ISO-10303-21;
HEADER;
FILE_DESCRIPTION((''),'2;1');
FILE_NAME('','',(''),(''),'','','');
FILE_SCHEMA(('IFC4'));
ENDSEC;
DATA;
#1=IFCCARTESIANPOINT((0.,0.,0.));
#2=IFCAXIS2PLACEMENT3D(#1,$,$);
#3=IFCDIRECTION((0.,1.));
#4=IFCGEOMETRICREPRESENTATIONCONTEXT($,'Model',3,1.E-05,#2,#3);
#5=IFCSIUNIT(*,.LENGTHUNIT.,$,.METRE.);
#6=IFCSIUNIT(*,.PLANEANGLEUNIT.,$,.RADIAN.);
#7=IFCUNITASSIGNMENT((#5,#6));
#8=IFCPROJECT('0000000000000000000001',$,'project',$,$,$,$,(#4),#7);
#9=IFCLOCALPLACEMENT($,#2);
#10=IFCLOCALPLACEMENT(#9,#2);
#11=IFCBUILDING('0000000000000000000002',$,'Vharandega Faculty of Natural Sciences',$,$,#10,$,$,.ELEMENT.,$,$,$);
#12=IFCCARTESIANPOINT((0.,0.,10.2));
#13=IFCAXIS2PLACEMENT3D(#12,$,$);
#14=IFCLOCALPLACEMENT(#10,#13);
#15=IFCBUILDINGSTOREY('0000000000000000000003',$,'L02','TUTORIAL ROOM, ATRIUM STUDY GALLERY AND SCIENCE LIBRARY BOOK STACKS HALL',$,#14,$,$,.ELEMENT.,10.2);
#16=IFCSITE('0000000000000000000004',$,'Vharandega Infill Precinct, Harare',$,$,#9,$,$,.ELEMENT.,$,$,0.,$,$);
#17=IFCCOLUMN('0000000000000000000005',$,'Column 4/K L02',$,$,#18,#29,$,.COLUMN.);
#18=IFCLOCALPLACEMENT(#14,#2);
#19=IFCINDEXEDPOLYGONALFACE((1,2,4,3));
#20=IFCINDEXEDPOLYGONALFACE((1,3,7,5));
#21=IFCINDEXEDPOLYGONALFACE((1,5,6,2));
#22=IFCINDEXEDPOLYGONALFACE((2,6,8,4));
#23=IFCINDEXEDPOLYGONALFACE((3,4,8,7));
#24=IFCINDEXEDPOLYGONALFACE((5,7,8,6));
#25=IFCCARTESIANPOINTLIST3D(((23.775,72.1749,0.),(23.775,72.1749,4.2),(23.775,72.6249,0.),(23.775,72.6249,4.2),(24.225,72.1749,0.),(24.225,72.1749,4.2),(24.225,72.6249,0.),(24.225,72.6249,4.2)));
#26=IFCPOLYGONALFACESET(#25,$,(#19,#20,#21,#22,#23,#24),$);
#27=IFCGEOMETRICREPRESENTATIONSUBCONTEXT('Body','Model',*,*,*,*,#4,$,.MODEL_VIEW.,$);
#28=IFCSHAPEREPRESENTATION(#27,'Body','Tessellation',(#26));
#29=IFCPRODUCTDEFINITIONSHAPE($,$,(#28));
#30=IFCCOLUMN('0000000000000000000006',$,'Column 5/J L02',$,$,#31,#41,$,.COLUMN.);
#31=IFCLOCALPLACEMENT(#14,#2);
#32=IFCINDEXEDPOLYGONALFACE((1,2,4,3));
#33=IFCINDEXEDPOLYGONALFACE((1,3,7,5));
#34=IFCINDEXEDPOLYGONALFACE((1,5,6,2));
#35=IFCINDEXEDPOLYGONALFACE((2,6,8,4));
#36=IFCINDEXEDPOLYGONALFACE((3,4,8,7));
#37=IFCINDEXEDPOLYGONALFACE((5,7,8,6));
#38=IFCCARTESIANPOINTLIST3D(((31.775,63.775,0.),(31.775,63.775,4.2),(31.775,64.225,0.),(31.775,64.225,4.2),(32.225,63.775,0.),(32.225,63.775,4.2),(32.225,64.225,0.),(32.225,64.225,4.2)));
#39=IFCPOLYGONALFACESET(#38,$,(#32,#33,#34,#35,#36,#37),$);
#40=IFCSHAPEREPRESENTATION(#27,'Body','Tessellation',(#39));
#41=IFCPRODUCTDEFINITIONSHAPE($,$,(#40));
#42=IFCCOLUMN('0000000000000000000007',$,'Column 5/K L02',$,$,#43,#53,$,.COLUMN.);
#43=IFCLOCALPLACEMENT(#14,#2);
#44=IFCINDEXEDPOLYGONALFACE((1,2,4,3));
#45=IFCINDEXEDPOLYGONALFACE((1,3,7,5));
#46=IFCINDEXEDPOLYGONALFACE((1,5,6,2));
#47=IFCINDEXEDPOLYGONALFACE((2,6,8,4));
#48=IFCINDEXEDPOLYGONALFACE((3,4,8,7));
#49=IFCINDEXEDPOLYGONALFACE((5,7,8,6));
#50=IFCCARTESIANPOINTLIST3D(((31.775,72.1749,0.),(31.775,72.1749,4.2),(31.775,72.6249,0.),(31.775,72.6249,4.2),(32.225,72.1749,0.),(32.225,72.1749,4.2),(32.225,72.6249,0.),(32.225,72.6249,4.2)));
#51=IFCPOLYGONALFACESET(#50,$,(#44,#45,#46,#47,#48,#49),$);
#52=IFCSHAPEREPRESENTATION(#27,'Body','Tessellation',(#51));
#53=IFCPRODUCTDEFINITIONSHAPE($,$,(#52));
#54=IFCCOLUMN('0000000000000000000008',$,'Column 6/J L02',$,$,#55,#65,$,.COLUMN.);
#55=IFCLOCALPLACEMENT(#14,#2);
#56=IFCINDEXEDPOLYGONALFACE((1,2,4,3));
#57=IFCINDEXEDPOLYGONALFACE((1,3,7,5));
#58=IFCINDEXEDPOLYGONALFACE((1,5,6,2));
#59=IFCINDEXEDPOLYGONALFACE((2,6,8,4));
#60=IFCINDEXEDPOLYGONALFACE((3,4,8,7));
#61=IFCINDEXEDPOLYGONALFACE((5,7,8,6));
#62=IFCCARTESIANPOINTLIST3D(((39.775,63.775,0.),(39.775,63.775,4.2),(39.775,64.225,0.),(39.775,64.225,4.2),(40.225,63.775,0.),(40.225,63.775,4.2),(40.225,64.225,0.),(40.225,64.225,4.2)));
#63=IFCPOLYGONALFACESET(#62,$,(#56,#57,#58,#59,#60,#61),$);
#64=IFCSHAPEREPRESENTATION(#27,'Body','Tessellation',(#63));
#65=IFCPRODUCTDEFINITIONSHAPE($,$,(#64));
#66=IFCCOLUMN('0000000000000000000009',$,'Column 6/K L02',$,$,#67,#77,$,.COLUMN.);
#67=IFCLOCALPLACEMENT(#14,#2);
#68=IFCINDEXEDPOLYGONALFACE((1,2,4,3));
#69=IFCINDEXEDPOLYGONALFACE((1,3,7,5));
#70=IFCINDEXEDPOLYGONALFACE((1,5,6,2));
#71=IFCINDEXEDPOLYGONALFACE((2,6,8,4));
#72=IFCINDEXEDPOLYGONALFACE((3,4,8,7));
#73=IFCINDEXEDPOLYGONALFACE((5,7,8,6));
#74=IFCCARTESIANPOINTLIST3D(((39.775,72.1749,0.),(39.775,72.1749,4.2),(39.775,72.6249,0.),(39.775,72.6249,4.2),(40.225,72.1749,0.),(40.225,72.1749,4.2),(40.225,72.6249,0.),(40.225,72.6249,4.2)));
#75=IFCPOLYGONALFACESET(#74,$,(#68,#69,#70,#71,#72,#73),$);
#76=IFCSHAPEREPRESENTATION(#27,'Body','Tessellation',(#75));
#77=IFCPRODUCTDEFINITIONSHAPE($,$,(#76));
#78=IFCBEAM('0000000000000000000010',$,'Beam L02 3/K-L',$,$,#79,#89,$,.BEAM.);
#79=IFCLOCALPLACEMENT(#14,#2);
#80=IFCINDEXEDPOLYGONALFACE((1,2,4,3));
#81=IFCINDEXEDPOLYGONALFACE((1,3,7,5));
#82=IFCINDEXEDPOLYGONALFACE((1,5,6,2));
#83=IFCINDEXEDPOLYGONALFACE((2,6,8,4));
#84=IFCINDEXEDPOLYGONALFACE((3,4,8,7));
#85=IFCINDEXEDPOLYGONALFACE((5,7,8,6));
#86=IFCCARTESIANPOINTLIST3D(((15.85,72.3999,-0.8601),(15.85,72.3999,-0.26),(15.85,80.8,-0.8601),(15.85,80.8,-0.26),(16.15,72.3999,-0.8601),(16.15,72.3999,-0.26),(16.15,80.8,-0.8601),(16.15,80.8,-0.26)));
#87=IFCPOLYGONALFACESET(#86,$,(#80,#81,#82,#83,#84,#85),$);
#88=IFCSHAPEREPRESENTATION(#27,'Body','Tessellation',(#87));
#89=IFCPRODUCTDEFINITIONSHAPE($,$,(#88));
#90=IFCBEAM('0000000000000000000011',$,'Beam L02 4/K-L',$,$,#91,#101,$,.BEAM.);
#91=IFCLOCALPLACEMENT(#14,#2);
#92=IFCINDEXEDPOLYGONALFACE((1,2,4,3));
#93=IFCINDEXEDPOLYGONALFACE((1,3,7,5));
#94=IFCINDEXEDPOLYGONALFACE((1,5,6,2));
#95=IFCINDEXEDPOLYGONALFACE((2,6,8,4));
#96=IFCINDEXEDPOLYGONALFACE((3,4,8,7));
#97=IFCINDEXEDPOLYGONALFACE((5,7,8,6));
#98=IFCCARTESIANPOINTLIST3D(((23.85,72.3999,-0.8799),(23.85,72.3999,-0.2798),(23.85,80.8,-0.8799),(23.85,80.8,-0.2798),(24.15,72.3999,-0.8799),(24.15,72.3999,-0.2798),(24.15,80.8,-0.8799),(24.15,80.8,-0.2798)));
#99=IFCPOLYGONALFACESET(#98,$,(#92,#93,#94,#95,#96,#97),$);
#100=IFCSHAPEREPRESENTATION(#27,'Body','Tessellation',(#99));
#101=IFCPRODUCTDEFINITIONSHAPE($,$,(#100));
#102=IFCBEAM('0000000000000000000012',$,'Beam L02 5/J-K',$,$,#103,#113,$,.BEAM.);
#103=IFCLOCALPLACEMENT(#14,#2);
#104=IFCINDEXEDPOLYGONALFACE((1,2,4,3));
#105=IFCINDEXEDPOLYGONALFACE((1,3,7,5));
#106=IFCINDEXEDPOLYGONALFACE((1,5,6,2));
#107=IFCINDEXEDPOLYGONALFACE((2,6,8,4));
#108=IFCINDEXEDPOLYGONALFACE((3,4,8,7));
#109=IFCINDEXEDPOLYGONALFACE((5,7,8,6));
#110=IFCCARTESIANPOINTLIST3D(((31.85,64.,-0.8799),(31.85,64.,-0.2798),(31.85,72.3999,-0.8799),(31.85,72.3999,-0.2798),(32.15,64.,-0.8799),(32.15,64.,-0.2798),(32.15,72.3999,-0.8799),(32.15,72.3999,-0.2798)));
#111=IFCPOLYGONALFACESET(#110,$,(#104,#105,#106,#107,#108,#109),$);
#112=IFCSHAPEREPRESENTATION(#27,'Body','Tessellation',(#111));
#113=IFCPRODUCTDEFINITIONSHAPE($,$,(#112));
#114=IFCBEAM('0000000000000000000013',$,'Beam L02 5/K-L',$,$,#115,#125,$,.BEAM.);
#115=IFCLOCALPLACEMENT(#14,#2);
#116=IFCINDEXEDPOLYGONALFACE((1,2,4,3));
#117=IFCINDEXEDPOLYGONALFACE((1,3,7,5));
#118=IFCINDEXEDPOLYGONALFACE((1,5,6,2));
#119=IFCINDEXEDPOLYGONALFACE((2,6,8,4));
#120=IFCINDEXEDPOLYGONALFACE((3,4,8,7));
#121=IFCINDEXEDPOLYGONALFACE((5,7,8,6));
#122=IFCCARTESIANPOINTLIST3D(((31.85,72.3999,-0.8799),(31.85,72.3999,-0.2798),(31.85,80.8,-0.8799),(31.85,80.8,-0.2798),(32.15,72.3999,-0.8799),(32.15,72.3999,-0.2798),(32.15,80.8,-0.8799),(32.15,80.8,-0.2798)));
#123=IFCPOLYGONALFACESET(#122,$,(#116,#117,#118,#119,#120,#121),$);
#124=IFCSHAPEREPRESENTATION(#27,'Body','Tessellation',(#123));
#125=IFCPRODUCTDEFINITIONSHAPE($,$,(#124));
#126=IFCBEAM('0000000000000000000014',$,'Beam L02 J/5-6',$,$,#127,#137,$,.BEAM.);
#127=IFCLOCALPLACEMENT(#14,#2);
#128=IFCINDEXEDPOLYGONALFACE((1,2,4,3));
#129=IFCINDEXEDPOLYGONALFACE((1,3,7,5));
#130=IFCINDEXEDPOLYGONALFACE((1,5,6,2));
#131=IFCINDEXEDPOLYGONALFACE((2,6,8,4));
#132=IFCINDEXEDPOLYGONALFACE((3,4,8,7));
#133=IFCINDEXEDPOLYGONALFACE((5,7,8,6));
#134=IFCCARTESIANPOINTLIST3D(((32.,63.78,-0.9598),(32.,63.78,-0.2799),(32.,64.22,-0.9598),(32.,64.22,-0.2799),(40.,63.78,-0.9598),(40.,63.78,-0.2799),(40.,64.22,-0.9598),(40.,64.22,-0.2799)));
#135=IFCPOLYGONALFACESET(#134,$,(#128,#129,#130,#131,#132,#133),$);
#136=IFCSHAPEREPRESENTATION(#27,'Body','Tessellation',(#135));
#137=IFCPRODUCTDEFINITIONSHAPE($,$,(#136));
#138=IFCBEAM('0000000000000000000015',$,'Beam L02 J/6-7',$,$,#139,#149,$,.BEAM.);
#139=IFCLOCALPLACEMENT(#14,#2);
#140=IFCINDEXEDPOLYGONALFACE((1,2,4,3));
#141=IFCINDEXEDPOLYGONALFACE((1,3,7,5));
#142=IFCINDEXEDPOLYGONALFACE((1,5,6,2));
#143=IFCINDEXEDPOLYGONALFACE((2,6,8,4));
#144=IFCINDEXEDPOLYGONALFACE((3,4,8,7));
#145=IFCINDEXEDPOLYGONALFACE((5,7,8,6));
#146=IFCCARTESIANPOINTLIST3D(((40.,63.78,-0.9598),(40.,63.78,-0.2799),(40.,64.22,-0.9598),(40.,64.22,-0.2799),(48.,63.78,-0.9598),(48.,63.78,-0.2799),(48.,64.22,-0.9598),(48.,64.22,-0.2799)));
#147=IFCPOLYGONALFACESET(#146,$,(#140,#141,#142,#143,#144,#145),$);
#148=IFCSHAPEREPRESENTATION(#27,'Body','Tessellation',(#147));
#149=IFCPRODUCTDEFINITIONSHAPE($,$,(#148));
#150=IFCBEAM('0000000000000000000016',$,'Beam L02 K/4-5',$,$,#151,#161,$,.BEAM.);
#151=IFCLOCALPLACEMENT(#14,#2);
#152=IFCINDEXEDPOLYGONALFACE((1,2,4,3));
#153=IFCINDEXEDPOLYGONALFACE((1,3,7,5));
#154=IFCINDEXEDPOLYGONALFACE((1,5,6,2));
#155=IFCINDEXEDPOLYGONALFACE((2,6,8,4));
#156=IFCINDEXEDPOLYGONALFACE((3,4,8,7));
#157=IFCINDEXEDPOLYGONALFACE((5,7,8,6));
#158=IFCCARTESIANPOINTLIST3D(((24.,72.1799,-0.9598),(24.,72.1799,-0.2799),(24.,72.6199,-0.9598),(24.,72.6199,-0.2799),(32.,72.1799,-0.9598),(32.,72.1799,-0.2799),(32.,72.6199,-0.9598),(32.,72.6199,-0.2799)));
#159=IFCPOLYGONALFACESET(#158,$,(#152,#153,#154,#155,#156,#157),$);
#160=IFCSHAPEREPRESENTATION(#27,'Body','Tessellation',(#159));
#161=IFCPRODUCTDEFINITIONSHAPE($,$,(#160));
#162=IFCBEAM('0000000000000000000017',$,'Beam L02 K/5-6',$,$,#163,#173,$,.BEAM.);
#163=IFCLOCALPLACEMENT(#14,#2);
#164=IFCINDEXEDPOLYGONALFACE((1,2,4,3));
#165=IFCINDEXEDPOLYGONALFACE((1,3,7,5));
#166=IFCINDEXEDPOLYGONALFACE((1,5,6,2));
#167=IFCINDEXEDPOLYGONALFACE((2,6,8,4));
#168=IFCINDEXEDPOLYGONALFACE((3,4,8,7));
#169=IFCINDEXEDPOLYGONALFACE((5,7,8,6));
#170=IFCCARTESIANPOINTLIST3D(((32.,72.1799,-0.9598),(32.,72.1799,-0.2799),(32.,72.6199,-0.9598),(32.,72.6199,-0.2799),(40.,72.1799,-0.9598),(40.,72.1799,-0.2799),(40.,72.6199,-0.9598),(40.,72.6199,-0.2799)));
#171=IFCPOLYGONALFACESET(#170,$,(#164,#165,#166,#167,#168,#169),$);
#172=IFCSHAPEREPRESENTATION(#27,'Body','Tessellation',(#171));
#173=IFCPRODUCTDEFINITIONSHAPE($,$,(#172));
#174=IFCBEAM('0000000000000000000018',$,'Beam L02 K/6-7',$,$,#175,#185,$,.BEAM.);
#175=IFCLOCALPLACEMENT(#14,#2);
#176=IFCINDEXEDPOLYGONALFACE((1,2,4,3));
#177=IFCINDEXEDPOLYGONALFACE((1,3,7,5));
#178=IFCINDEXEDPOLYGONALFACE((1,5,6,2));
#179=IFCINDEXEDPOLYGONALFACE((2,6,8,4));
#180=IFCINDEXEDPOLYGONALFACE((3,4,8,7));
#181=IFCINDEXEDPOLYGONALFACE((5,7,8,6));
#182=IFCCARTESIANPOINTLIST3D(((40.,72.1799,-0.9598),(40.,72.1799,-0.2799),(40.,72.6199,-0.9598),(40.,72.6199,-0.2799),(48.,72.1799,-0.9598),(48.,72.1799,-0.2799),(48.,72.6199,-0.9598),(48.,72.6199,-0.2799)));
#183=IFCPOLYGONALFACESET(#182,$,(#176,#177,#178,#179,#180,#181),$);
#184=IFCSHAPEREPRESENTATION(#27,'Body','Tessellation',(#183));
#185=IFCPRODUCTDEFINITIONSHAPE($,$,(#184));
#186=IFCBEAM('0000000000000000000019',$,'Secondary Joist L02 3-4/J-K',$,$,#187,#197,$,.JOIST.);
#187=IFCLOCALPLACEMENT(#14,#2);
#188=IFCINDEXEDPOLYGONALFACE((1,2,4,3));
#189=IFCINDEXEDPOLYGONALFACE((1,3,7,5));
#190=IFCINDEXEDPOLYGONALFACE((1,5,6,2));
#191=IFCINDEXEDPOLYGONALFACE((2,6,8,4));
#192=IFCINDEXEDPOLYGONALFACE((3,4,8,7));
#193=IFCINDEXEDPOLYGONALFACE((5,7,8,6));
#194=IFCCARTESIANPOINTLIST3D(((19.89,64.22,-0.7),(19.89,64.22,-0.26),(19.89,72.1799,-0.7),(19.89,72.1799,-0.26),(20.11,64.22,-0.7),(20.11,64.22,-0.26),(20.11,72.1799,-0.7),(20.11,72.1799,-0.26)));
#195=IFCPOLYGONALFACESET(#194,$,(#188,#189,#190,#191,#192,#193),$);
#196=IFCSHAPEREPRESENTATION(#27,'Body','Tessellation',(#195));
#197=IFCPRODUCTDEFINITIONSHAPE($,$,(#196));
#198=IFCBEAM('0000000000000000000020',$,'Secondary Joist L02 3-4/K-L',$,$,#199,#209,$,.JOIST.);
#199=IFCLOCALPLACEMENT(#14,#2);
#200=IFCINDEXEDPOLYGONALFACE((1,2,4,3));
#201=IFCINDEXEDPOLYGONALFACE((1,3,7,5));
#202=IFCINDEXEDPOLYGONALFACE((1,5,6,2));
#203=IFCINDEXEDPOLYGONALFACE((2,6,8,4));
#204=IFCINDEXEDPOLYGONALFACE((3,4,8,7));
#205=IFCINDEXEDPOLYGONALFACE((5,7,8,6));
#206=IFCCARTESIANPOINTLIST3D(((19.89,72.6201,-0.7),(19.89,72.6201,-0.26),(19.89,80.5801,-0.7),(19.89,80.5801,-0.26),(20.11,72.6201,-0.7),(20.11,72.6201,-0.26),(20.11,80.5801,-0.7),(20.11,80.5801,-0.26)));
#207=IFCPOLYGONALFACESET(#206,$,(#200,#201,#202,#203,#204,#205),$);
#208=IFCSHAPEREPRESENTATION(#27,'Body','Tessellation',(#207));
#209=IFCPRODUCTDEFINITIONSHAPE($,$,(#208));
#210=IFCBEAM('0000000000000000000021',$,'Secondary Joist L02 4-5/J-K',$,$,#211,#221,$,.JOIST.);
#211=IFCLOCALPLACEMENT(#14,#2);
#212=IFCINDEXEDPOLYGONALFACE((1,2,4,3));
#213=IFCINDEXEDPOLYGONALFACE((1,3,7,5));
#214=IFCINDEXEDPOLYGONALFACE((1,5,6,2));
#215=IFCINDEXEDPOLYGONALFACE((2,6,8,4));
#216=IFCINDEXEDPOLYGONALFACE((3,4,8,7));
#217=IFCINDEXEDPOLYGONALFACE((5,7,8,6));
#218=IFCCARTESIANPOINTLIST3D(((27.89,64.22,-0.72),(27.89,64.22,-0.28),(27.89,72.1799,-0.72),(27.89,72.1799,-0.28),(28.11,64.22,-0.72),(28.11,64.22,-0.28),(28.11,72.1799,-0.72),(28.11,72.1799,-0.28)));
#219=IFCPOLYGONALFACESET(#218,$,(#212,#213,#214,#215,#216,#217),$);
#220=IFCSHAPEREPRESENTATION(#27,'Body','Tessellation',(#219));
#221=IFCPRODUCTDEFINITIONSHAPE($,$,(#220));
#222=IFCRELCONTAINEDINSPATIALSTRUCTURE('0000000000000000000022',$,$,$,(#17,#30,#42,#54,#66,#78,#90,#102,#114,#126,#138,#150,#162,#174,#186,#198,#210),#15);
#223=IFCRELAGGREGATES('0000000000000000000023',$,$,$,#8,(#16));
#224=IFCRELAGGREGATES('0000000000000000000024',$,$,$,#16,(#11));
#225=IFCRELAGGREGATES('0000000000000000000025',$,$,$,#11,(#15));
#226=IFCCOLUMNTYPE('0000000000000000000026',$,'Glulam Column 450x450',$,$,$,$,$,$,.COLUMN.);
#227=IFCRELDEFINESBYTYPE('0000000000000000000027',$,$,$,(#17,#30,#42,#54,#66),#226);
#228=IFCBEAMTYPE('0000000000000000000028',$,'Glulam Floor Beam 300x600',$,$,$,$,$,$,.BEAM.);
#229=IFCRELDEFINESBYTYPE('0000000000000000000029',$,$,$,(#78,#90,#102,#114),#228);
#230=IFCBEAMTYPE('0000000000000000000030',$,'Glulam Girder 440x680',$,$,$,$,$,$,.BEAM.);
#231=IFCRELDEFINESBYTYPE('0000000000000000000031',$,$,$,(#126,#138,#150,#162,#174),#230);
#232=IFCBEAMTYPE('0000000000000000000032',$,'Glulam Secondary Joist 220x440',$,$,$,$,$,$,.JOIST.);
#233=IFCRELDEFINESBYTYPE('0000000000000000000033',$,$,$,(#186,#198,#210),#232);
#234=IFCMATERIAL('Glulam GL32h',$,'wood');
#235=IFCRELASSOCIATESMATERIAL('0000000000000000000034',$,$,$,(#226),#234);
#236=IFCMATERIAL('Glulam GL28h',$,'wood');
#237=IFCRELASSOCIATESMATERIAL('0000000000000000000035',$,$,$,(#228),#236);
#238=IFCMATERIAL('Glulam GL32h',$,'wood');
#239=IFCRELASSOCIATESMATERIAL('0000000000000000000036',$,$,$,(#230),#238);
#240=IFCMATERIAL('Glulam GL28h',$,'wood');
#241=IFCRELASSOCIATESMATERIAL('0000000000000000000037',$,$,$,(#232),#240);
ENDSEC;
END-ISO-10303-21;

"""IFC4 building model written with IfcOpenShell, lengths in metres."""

from ifc_helpers import new_model, si_unit, direction, frame, origin, origin_2d, place, context, subcontext, project, spatial, rectangle, extrude, material, material_profile, profile_set, type_object, element, save


model = new_model("IFC4")

# Units and contexts
model_context = context("Model", 3, precision=1e-05, world=origin(), true_north=direction((0.0, 1.0)))
body_context = subcontext(model_context, "Body", "Model", "MODEL_VIEW")
ifc_project = project(units=[si_unit("LENGTHUNIT", "METRE"), si_unit("PLANEANGLEUNIT", "RADIAN")], contexts=[model_context])

# Site, building, storey
site_placement = place(None, origin())
site = spatial("IfcSite", under=ifc_project, at=site_placement, Name="Vharandega Infill Precinct, Harare", CompositionType="ELEMENT", RefElevation=0.0)
building_placement = place(site_placement, origin())
building = spatial("IfcBuilding", under=site, at=building_placement, Name="Vharandega Faculty of Natural Sciences", CompositionType="ELEMENT")
storey_placement = place(building_placement, frame((0.0, 0.0, 10.2)))
storey = spatial("IfcBuildingStorey", under=building, at=storey_placement, Name="L02", Description="TUTORIAL ROOM, ATRIUM STUDY GALLERY AND SCIENCE LIBRARY BOOK STACKS HALL", CompositionType="ELEMENT", Elevation=10.2)

# Columns
ifc_material_1 = material(Name="Glulam GL32h", Category="wood")
ifc_material_profile_1 = material_profile(ifc_material_1, rectangle(XDim=0.45, YDim=0.45, at=origin_2d()), Name="GL32h 450x450")
ifc_profile_set_1 = profile_set([ifc_material_profile_1], Name="Glulam GL32h")
column_type = type_object("IfcColumnType", Name="Glulam Column 450x450", PredefinedType="COLUMN", material=ifc_profile_set_1)
for number, where, z_axis, x_axis, name in (
    (1, (24.0, 72.3999, 0.0), (0.0, 0.0, 1.0), (1.0, 0.0, 0.0), "Column 4/K L02"),
    (2, (32.0, 64.0, 0.0), (0.0, 0.0, 1.0), (1.0, 0.0, 0.0), "Column 5/J L02"),
    (3, (32.0, 72.3999, 0.0), (0.0, 0.0, 1.0), (1.0, 0.0, 0.0), "Column 5/K L02"),
    (4, (40.0, 64.0, 0.0), (0.0, 0.0, 1.0), (1.0, 0.0, 0.0), "Column 6/J L02"),
    (5, (40.0, 72.3999, 0.0), (0.0, 0.0, 1.0), (1.0, 0.0, 0.0), "Column 6/K L02"),
):
    element("IfcColumn", number, at=place(storey_placement, frame(where, z_axis=z_axis, x_axis=x_axis)), inside=storey, type_object=column_type, Name=name, PredefinedType="COLUMN", context=body_context, shape_type="SweptSolid", body=[
        extrude(rectangle(XDim=0.45, YDim=0.45, at=origin_2d()), origin(), (0.0, 0.0, 1.0), 4.2),
    ])

# Beams
ifc_material_2 = material(Name="Glulam GL28h", Category="wood")
ifc_material_profile_2 = material_profile(ifc_material_2, rectangle(XDim=0.3, YDim=0.6001, at=origin_2d()), Name="GL28h 300x600")
ifc_profile_set_2 = profile_set([ifc_material_profile_2], Name="Glulam GL28h")
beam_type_1 = type_object("IfcBeamType", Name="Glulam Floor Beam 300x600", PredefinedType="BEAM", material=ifc_profile_set_2)
for number, where, z_axis, x_axis, name in (
    (6, (16.0, 72.3999, -0.5601), (0.0, 1.0, 0.0), (-1.0, 0.0, 0.0), "Beam L02 3/K-L"),
    (7, (24.0, 72.3999, -0.5798), (0.0, 1.0, 0.0), (-1.0, 0.0, 0.0), "Beam L02 4/K-L"),
):
    element("IfcBeam", number, at=place(storey_placement, frame(where, z_axis=z_axis, x_axis=x_axis)), inside=storey, type_object=beam_type_1, Name=name, PredefinedType="BEAM", context=body_context, shape_type="SweptSolid", body=[
        extrude(rectangle(XDim=0.3, YDim=0.6001, at=origin_2d()), origin(), (0.0, 0.0, 1.0), 8.4001),
    ])
beam_1_placement = place(storey_placement, frame((32.0, 64.0, -0.5798), z_axis=(0.0, 1.0, 0.0), x_axis=(-1.0, 0.0, 0.0)))
element("IfcBeam", 8, at=beam_1_placement, inside=storey, type_object=beam_type_1, Name="Beam L02 5/J-K", PredefinedType="BEAM", context=body_context, shape_type="SweptSolid", body=[
    extrude(rectangle(XDim=0.3, YDim=0.6001, at=origin_2d()), origin(), (0.0, 0.0, 1.0), 8.3999),
])
beam_2_placement = place(storey_placement, frame((32.0, 72.3999, -0.5798), z_axis=(0.0, 1.0, 0.0), x_axis=(-1.0, 0.0, 0.0)))
element("IfcBeam", 9, at=beam_2_placement, inside=storey, type_object=beam_type_1, Name="Beam L02 5/K-L", PredefinedType="BEAM", context=body_context, shape_type="SweptSolid", body=[
    extrude(rectangle(XDim=0.3, YDim=0.6001, at=origin_2d()), origin(), (0.0, 0.0, 1.0), 8.4001),
])
ifc_material_3 = material(Name="Glulam GL32h", Category="wood")
ifc_material_profile_3 = material_profile(ifc_material_3, rectangle(XDim=0.4399, YDim=0.6799, at=origin_2d()), Name="GL32h 440x680")
ifc_profile_set_3 = profile_set([ifc_material_profile_3], Name="Glulam GL32h")
beam_type_2 = type_object("IfcBeamType", Name="Glulam Girder 440x680", PredefinedType="BEAM", material=ifc_profile_set_3)
for number, where, z_axis, x_axis, name in (
    (10, (32.0, 64.0, -0.6199), (1.0, 0.0, 0.0), (0.0, 1.0, 0.0), "Beam L02 J/5-6"),
    (11, (40.0, 64.0, -0.6199), (1.0, 0.0, 0.0), (0.0, 1.0, 0.0), "Beam L02 J/6-7"),
    (12, (24.0, 72.3999, -0.6199), (1.0, 0.0, 0.0), (0.0, 1.0, 0.0), "Beam L02 K/4-5"),
    (13, (32.0, 72.3999, -0.6199), (1.0, 0.0, 0.0), (0.0, 1.0, 0.0), "Beam L02 K/5-6"),
    (14, (40.0, 72.3999, -0.6199), (1.0, 0.0, 0.0), (0.0, 1.0, 0.0), "Beam L02 K/6-7"),
):
    element("IfcBeam", number, at=place(storey_placement, frame(where, z_axis=z_axis, x_axis=x_axis)), inside=storey, type_object=beam_type_2, Name=name, PredefinedType="BEAM", context=body_context, shape_type="SweptSolid", body=[
        extrude(rectangle(XDim=0.4399, YDim=0.6799, at=origin_2d()), origin(), (0.0, 0.0, 1.0), 8.0),
    ])
ifc_material_4 = material(Name="Glulam GL28h", Category="wood")
ifc_material_profile_4 = material_profile(ifc_material_4, rectangle(XDim=0.22, YDim=0.4399, at=origin_2d()), Name="GL28h 220x440")
ifc_profile_set_4 = profile_set([ifc_material_profile_4], Name="Glulam GL28h")
beam_type_3 = type_object("IfcBeamType", Name="Glulam Secondary Joist 220x440", PredefinedType="JOIST", material=ifc_profile_set_4)
for number, where, z_axis, x_axis, name in (
    (15, (20.0, 64.22, -0.48), (0.0, 1.0, 0.0), (-1.0, 0.0, 0.0), "Secondary Joist L02 3-4/J-K"),
    (16, (20.0, 72.6201, -0.48), (0.0, 1.0, 0.0), (-1.0, 0.0, 0.0), "Secondary Joist L02 3-4/K-L"),
    (17, (28.0, 64.22, -0.5), (0.0, 1.0, 0.0), (-1.0, 0.0, 0.0), "Secondary Joist L02 4-5/J-K"),
):
    element("IfcBeam", number, at=place(storey_placement, frame(where, z_axis=z_axis, x_axis=x_axis)), inside=storey, type_object=beam_type_3, Name=name, PredefinedType="JOIST", context=body_context, shape_type="SweptSolid", body=[
        extrude(rectangle(XDim=0.22, YDim=0.4399, at=origin_2d()), origin(), (0.0, 0.0, 1.0), 7.96),
    ])

save(model, "model.ifc")
